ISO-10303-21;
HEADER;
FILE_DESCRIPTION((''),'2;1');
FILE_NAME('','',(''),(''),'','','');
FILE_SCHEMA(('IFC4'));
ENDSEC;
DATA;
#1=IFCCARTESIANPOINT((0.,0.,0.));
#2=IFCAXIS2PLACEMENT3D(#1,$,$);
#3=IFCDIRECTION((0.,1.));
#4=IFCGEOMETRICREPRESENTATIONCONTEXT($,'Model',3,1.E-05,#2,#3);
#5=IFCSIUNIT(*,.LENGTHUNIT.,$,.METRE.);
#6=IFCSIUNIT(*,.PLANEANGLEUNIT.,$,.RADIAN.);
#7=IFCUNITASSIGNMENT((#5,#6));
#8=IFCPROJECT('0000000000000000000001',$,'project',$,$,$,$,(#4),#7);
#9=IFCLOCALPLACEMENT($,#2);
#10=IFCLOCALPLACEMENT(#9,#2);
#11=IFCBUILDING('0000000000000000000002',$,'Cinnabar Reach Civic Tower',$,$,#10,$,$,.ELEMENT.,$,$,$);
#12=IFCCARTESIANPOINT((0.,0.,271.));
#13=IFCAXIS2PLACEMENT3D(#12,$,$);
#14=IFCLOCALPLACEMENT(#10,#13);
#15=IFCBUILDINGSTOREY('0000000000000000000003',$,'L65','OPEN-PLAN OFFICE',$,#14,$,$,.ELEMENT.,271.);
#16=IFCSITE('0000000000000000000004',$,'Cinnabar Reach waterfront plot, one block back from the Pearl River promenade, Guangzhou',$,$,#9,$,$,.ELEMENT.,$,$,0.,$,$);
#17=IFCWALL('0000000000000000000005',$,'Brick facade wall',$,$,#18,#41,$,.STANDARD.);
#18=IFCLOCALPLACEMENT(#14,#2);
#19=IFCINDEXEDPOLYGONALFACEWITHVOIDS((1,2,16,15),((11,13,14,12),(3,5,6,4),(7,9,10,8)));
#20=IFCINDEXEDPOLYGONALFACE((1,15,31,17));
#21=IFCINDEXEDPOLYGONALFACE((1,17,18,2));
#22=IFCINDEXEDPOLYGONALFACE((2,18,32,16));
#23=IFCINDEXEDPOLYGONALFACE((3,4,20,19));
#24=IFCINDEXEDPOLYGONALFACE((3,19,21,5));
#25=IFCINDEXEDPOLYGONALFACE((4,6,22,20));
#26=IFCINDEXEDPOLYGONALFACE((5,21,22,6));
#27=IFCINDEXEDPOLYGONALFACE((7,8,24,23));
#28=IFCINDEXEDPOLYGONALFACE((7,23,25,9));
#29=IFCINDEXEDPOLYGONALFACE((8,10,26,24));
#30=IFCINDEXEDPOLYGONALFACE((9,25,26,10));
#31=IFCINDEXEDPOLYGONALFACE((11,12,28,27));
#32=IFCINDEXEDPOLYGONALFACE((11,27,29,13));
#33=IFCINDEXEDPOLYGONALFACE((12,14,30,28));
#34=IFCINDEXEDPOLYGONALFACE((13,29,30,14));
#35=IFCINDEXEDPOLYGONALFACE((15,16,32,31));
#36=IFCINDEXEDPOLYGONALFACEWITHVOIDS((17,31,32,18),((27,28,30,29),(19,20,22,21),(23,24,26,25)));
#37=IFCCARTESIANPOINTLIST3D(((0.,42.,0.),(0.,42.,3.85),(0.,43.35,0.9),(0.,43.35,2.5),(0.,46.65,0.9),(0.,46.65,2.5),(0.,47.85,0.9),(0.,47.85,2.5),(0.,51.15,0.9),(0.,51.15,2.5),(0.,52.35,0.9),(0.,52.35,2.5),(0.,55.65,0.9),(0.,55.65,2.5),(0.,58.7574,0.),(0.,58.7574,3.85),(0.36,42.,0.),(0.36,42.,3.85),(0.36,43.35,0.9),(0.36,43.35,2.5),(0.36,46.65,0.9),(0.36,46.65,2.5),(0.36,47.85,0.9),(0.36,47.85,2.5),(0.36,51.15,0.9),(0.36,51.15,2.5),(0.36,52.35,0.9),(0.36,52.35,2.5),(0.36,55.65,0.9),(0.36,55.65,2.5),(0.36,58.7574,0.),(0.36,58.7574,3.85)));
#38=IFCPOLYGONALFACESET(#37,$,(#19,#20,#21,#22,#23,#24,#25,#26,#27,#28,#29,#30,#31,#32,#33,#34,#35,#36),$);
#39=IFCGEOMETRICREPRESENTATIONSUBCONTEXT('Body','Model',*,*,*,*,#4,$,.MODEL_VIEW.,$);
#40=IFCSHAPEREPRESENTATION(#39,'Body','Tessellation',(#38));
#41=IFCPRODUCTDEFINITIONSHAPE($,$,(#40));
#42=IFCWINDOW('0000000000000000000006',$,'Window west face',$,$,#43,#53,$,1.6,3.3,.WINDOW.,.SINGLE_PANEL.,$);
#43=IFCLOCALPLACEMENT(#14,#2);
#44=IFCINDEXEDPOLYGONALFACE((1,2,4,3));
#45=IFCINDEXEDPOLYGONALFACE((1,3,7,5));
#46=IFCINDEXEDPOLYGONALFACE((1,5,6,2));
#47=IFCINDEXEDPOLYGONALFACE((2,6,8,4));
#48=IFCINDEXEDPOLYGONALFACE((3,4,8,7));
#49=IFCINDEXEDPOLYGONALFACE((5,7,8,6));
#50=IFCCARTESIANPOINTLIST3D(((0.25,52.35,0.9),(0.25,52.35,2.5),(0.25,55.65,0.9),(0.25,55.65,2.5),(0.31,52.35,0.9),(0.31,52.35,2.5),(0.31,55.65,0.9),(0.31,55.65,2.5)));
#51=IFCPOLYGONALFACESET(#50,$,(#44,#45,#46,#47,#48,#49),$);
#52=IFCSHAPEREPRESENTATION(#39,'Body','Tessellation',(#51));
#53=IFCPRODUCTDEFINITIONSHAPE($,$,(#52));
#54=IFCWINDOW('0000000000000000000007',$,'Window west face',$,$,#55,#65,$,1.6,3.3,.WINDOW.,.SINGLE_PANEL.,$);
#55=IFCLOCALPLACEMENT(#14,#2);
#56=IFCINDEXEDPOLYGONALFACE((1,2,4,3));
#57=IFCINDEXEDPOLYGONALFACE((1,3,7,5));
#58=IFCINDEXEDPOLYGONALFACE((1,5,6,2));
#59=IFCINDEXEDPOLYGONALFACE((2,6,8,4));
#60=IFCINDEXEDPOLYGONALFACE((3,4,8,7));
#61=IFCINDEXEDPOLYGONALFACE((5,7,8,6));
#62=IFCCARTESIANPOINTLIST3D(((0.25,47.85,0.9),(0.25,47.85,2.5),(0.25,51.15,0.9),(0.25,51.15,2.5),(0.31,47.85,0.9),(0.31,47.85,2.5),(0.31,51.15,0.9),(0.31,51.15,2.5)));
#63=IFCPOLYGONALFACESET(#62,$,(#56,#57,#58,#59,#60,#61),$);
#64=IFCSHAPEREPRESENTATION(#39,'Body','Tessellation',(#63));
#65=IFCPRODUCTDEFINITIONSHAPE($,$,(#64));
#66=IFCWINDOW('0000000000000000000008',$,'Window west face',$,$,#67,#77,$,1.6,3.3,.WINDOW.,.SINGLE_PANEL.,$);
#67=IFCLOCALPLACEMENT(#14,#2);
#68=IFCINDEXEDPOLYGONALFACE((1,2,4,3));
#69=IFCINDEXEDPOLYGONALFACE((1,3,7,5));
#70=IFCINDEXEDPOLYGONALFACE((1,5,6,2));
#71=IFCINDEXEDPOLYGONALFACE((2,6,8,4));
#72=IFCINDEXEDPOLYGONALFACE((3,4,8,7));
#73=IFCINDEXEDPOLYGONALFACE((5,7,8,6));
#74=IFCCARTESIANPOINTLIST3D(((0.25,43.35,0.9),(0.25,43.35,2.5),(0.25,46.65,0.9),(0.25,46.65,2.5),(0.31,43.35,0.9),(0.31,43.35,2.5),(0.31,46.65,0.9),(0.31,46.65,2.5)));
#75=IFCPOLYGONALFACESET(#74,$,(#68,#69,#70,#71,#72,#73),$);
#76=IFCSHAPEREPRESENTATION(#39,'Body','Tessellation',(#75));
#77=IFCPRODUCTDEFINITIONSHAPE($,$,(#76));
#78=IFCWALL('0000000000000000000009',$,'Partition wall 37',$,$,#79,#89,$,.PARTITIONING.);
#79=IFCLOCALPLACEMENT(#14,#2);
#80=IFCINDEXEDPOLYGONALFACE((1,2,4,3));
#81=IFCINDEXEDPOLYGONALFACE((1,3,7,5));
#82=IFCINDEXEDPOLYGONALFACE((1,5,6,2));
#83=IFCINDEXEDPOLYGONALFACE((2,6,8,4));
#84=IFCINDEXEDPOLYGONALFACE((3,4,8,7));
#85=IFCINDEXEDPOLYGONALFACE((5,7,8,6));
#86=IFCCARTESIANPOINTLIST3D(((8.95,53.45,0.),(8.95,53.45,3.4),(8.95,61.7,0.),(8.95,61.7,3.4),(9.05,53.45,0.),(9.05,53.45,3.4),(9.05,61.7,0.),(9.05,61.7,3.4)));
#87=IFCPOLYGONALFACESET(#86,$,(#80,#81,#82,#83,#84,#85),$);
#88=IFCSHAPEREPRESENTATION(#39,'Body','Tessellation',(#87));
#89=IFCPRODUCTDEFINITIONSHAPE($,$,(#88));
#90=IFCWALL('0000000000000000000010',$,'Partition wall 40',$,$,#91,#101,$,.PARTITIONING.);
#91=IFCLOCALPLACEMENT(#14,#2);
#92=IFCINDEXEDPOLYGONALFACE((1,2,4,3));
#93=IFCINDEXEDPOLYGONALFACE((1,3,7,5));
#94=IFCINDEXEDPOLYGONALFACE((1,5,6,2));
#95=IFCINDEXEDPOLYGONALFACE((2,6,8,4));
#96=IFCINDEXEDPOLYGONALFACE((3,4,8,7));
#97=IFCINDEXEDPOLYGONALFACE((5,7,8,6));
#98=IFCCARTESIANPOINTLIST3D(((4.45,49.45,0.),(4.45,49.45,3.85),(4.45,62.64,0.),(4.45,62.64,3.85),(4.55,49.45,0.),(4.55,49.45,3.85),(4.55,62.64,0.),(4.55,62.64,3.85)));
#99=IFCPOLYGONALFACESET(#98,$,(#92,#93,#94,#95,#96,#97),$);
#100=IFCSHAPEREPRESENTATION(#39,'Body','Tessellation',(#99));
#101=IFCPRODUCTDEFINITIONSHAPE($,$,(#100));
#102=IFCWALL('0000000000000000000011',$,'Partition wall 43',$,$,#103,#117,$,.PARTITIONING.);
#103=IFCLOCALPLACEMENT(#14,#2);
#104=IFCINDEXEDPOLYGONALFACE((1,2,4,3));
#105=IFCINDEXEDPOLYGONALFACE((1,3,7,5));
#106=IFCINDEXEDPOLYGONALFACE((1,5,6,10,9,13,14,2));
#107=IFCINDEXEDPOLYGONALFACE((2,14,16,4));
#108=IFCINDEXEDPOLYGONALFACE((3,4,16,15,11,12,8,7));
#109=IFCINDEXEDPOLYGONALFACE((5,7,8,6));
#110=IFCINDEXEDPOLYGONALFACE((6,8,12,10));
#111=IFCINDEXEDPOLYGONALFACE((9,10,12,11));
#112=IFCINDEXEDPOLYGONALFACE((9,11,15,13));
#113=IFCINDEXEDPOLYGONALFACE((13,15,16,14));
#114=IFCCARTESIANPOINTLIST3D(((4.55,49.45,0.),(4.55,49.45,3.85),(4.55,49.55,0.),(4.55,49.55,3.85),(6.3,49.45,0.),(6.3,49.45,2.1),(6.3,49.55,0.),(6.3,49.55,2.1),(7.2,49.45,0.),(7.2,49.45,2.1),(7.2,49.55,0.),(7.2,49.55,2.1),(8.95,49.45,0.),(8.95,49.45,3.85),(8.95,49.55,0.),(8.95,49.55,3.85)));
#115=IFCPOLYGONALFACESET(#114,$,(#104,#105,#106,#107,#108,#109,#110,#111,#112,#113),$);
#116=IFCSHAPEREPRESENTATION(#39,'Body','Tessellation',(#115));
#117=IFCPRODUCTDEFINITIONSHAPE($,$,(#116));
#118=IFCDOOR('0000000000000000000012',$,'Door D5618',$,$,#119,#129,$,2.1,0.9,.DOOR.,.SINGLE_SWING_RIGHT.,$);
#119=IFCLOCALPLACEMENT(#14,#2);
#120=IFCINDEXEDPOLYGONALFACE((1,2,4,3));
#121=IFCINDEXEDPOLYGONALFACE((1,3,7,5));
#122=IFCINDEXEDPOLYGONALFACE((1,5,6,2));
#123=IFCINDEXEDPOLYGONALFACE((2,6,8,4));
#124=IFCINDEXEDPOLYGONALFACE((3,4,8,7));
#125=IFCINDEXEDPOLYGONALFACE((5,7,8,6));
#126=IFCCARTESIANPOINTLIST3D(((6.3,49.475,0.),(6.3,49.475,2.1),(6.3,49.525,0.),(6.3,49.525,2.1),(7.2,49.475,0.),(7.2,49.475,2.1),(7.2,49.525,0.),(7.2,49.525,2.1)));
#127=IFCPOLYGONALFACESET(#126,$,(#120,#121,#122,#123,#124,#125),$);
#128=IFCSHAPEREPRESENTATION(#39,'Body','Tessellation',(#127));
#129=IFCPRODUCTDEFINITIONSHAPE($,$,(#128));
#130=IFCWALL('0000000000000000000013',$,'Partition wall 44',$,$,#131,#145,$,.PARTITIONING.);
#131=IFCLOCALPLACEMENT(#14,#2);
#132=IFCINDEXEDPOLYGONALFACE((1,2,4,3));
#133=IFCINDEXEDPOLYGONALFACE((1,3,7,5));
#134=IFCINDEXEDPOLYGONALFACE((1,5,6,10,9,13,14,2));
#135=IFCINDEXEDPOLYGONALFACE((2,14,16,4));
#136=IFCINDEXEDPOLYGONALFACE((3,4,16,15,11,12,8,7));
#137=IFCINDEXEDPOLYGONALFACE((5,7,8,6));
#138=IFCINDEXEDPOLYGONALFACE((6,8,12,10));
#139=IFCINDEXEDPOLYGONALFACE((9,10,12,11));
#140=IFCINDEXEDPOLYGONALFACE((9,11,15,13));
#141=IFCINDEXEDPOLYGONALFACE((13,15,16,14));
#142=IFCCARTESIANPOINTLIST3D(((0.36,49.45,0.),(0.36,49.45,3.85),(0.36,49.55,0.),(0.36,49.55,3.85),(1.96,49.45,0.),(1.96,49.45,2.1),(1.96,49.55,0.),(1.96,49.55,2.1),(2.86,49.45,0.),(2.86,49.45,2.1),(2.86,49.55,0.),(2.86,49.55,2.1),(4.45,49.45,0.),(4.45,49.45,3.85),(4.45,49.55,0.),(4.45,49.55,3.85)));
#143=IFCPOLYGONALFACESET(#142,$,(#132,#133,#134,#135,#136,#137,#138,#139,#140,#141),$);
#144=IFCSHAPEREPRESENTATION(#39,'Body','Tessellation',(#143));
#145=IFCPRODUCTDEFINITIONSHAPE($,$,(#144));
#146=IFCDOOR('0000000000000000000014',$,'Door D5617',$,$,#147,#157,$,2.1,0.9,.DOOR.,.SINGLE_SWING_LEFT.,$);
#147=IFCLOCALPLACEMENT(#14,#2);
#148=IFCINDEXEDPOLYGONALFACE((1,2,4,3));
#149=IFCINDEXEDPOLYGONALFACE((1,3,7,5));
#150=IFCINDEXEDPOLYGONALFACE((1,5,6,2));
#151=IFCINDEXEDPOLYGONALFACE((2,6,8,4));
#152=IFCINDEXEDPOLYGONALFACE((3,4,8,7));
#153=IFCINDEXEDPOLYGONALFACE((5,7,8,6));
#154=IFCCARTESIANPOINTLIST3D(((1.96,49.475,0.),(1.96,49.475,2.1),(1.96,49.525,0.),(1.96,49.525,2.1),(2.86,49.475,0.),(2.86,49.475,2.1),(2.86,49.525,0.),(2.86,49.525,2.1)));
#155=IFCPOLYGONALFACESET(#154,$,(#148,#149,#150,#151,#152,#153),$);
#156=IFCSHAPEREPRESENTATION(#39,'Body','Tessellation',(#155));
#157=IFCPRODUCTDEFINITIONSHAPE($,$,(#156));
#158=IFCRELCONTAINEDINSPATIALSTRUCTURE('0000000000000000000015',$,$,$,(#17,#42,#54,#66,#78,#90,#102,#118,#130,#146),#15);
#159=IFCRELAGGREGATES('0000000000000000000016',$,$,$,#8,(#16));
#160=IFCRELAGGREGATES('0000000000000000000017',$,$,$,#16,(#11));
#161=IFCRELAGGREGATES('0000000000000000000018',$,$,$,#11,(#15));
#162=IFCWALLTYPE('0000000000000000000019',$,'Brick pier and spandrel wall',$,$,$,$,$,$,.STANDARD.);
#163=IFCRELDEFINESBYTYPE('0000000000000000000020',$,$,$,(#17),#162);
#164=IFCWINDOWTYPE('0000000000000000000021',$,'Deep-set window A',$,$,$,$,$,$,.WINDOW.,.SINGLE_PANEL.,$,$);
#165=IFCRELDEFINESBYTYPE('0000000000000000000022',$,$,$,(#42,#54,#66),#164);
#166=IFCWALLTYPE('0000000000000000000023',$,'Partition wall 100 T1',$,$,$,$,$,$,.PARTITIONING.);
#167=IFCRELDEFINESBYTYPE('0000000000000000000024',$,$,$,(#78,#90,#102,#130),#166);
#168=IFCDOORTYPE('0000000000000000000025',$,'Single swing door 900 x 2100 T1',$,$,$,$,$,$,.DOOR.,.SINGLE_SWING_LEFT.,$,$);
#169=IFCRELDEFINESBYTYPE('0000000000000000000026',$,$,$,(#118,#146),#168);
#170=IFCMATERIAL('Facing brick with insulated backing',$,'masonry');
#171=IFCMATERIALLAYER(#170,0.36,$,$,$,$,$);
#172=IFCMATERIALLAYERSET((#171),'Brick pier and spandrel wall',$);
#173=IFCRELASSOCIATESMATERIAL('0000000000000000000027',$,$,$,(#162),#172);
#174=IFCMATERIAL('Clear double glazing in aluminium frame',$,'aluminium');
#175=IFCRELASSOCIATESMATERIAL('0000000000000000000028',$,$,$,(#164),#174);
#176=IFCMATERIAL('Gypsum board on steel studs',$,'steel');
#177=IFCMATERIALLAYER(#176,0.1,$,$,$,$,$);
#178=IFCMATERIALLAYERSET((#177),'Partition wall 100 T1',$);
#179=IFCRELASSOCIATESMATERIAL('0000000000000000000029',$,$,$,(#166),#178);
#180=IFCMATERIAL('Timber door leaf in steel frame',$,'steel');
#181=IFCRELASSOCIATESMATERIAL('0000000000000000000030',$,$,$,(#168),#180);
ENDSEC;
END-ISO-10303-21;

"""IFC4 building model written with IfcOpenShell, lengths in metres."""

from ifc_helpers import new_model, si_unit, direction, frame, frame_2d, origin, place, context, subcontext, project, spatial, rectangle, extrude, material, layer, layer_set, type_object, element, fill, save


model = new_model("IFC4")

# Units and contexts
model_context = context("Model", 3, precision=1e-05, world=origin(), true_north=direction((0.0, 1.0)))
body_context = subcontext(model_context, "Body", "Model", "MODEL_VIEW")
ifc_project = project(units=[si_unit("LENGTHUNIT", "METRE"), si_unit("PLANEANGLEUNIT", "RADIAN")], contexts=[model_context])

# Site, building, storey
site_placement = place(None, origin())
site = spatial("IfcSite", under=ifc_project, at=site_placement, Name="Cinnabar Reach waterfront plot, one block back from the Pearl River promenade, Guangzhou", CompositionType="ELEMENT", RefElevation=0.0)
building_placement = place(site_placement, origin())
building = spatial("IfcBuilding", under=site, at=building_placement, Name="Cinnabar Reach Civic Tower", CompositionType="ELEMENT")
storey_placement = place(building_placement, frame((0.0, 0.0, 271.0)))
storey = spatial("IfcBuildingStorey", under=building, at=storey_placement, Name="L65", Description="OPEN-PLAN OFFICE", CompositionType="ELEMENT", Elevation=271.0)

# Shared definitions
ifc_material_1 = material(Name="Facing brick with insulated backing", Category="masonry")
ifc_layer_1 = layer(ifc_material_1, 0.36)
ifc_layer_set_1 = layer_set([ifc_layer_1], Name="Brick pier and spandrel wall")
wall_type_1 = type_object("IfcWallType", Name="Brick pier and spandrel wall", PredefinedType="STANDARD", material=ifc_layer_set_1)

# Wall, openings, windows
wall_1_placement = place(storey_placement, frame((0.18, 58.7574, 0.0), z_axis=(0.0, 0.0, 1.0), x_axis=(0.0, -1.0, 0.0)))
wall_1 = element("IfcWall", 1, at=wall_1_placement, inside=storey, type_object=wall_type_1, Name="Brick facade wall", PredefinedType="STANDARD", context=body_context, shape_type="SweptSolid", body=[
    extrude(rectangle(XDim=16.7574, YDim=0.36, at=frame_2d((8.3787, 0.0))), origin(), (0.0, 0.0, 1.0), 3.85),
])
opening_1_placement = place(wall_1_placement, frame((3.1074, 0.0, 0.9)))
opening_1 = element("IfcOpeningElement", 2, at=opening_1_placement, cuts=wall_1, PredefinedType="OPENING", context=body_context, shape_type="SweptSolid", body=[
    extrude(rectangle(XDim=3.3, YDim=1.6, at=frame_2d((1.65, 0.8))), frame((0.0, 0.19, 0.0), z_axis=(0.0, -1.0, 0.0), x_axis=(1.0, 0.0, 0.0)), (0.0, 0.0, 1.0), 0.38),
])
opening_2_placement = place(wall_1_placement, frame((7.6074, 0.0, 0.9)))
opening_2 = element("IfcOpeningElement", 3, at=opening_2_placement, cuts=wall_1, PredefinedType="OPENING", context=body_context, shape_type="SweptSolid", body=[
    extrude(rectangle(XDim=3.3, YDim=1.6, at=frame_2d((1.65, 0.8))), frame((0.0, 0.19, 0.0), z_axis=(0.0, -1.0, 0.0), x_axis=(1.0, 0.0, 0.0)), (0.0, 0.0, 1.0), 0.38),
])
opening_3_placement = place(wall_1_placement, frame((12.1074, 0.0, 0.9)))
opening_3 = element("IfcOpeningElement", 4, at=opening_3_placement, cuts=wall_1, PredefinedType="OPENING", context=body_context, shape_type="SweptSolid", body=[
    extrude(rectangle(XDim=3.3, YDim=1.6, at=frame_2d((1.65, 0.8))), frame((0.0, 0.19, 0.0), z_axis=(0.0, -1.0, 0.0), x_axis=(1.0, 0.0, 0.0)), (0.0, 0.0, 1.0), 0.38),
])
ifc_material_2 = material(Name="Clear double glazing in aluminium frame", Category="aluminium")
window_type = type_object("IfcWindowType", Name="Deep-set window A", PartitioningType="SINGLE_PANEL", PredefinedType="WINDOW", material=ifc_material_2)
window_1_placement = place(opening_1_placement, origin())
window_1 = element("IfcWindow", 5, at=window_1_placement, inside=storey, type_object=window_type, Name="Window west face", OverallHeight=1.6, OverallWidth=3.3, PartitioningType="SINGLE_PANEL", PredefinedType="WINDOW", context=body_context, shape_type="SweptSolid", body=[
    extrude(rectangle(XDim=3.3, YDim=1.6, at=frame_2d((1.65, 0.8))), frame((0.0, 0.13, 0.0), z_axis=(0.0, -1.0, 0.0), x_axis=(1.0, 0.0, 0.0)), (0.0, 0.0, 1.0), 0.06),
])
fill(opening_1, window_1)
window_2_placement = place(opening_2_placement, origin())
window_2 = element("IfcWindow", 6, at=window_2_placement, inside=storey, type_object=window_type, Name="Window west face", OverallHeight=1.6, OverallWidth=3.3, PartitioningType="SINGLE_PANEL", PredefinedType="WINDOW", context=body_context, shape_type="SweptSolid", body=[
    extrude(rectangle(XDim=3.3, YDim=1.6, at=frame_2d((1.65, 0.8))), frame((0.0, 0.13, 0.0), z_axis=(0.0, -1.0, 0.0), x_axis=(1.0, 0.0, 0.0)), (0.0, 0.0, 1.0), 0.06),
])
fill(opening_2, window_2)
window_3_placement = place(opening_3_placement, origin())
window_3 = element("IfcWindow", 7, at=window_3_placement, inside=storey, type_object=window_type, Name="Window west face", OverallHeight=1.6, OverallWidth=3.3, PartitioningType="SINGLE_PANEL", PredefinedType="WINDOW", context=body_context, shape_type="SweptSolid", body=[
    extrude(rectangle(XDim=3.3, YDim=1.6, at=frame_2d((1.65, 0.8))), frame((0.0, 0.13, 0.0), z_axis=(0.0, -1.0, 0.0), x_axis=(1.0, 0.0, 0.0)), (0.0, 0.0, 1.0), 0.06),
])
fill(opening_3, window_3)

# Walls
ifc_material_3 = material(Name="Gypsum board on steel studs", Category="steel")
ifc_layer_2 = layer(ifc_material_3, 0.1)
ifc_layer_set_2 = layer_set([ifc_layer_2], Name="Partition wall 100 T1")
wall_type_2 = type_object("IfcWallType", Name="Partition wall 100 T1", PredefinedType="PARTITIONING", material=ifc_layer_set_2)
wall_2_placement = place(storey_placement, frame((9.0, 53.45, 0.0), z_axis=(0.0, 0.0, 1.0), x_axis=(0.0, 1.0, 0.0)))
element("IfcWall", 8, at=wall_2_placement, inside=storey, type_object=wall_type_2, Name="Partition wall 37", PredefinedType="PARTITIONING", context=body_context, shape_type="SweptSolid", body=[
    extrude(rectangle(XDim=8.25, YDim=0.1, at=frame_2d((4.125, 0.0))), origin(), (0.0, 0.0, 1.0), 3.4),
])
wall_3_placement = place(storey_placement, frame((4.5, 49.45, 0.0), z_axis=(0.0, 0.0, 1.0), x_axis=(0.0, 1.0, 0.0)))
element("IfcWall", 9, at=wall_3_placement, inside=storey, type_object=wall_type_2, Name="Partition wall 40", PredefinedType="PARTITIONING", context=body_context, shape_type="SweptSolid", body=[
    extrude(rectangle(XDim=13.19, YDim=0.1, at=frame_2d((6.595, 0.0))), origin(), (0.0, 0.0, 1.0), 3.85),
])

# Walls, openings, doors
wall_4_placement = place(storey_placement, frame((4.55, 49.5, 0.0), z_axis=(0.0, 0.0, 1.0), x_axis=(1.0, 0.0, 0.0)))
wall_4 = element("IfcWall", 10, at=wall_4_placement, inside=storey, type_object=wall_type_2, Name="Partition wall 43", PredefinedType="PARTITIONING", context=body_context, shape_type="SweptSolid", body=[
    extrude(rectangle(XDim=4.4, YDim=0.1, at=frame_2d((2.2, 0.0))), origin(), (0.0, 0.0, 1.0), 3.85),
])
opening_4_placement = place(wall_4_placement, frame((1.75, 0.0, 0.0)))
opening_4 = element("IfcOpeningElement", 11, at=opening_4_placement, cuts=wall_4, PredefinedType="OPENING", context=body_context, shape_type="SweptSolid", body=[
    extrude(rectangle(XDim=0.9, YDim=2.1, at=frame_2d((0.45, 1.05))), frame((0.0, 0.06, 0.0), z_axis=(0.0, -1.0, 0.0), x_axis=(1.0, 0.0, 0.0)), (0.0, 0.0, 1.0), 0.12),
])
ifc_material_4 = material(Name="Timber door leaf in steel frame", Category="steel")
door_type = type_object("IfcDoorType", Name="Single swing door 900 x 2100 T1", OperationType="SINGLE_SWING_LEFT", PredefinedType="DOOR", material=ifc_material_4)
door_1_placement = place(opening_4_placement, frame((0.9, 0.0, 0.0), z_axis=(0.0, 0.0, 1.0), x_axis=(-1.0, 0.0, 0.0)))
door_1 = element("IfcDoor", 12, at=door_1_placement, inside=storey, type_object=door_type, Name="Door D5618", OperationType="SINGLE_SWING_RIGHT", OverallHeight=2.1, OverallWidth=0.9, PredefinedType="DOOR", context=body_context, shape_type="SweptSolid", body=[
    extrude(rectangle(XDim=0.9, YDim=2.1, at=frame_2d((0.45, 1.05))), frame((0.0, 0.025, 0.0), z_axis=(0.0, -1.0, 0.0), x_axis=(1.0, 0.0, 0.0)), (0.0, 0.0, 1.0), 0.05),
])
fill(opening_4, door_1)
wall_5_placement = place(storey_placement, frame((0.36, 49.5, 0.0), z_axis=(0.0, 0.0, 1.0), x_axis=(1.0, 0.0, 0.0)))
wall_5 = element("IfcWall", 13, at=wall_5_placement, inside=storey, type_object=wall_type_2, Name="Partition wall 44", PredefinedType="PARTITIONING", context=body_context, shape_type="SweptSolid", body=[
    extrude(rectangle(XDim=4.09, YDim=0.1, at=frame_2d((2.045, 0.0))), origin(), (0.0, 0.0, 1.0), 3.85),
])
opening_5_placement = place(wall_5_placement, frame((1.6, 0.0, 0.0)))
opening_5 = element("IfcOpeningElement", 14, at=opening_5_placement, cuts=wall_5, PredefinedType="OPENING", context=body_context, shape_type="SweptSolid", body=[
    extrude(rectangle(XDim=0.9, YDim=2.1, at=frame_2d((0.45, 1.05))), frame((0.0, 0.06, 0.0), z_axis=(0.0, -1.0, 0.0), x_axis=(1.0, 0.0, 0.0)), (0.0, 0.0, 1.0), 0.12),
])
door_2_placement = place(opening_5_placement, frame((0.9, 0.0, 0.0), z_axis=(0.0, 0.0, 1.0), x_axis=(-1.0, 0.0, 0.0)))
door_2 = element("IfcDoor", 15, at=door_2_placement, inside=storey, type_object=door_type, Name="Door D5617", OperationType="SINGLE_SWING_LEFT", OverallHeight=2.1, OverallWidth=0.9, PredefinedType="DOOR", context=body_context, shape_type="SweptSolid", body=[
    extrude(rectangle(XDim=0.9, YDim=2.1, at=frame_2d((0.45, 1.05))), frame((0.0, 0.025, 0.0), z_axis=(0.0, -1.0, 0.0), x_axis=(1.0, 0.0, 0.0)), (0.0, 0.0, 1.0), 0.05),
])
fill(opening_5, door_2)

save(model, "model.ifc")
